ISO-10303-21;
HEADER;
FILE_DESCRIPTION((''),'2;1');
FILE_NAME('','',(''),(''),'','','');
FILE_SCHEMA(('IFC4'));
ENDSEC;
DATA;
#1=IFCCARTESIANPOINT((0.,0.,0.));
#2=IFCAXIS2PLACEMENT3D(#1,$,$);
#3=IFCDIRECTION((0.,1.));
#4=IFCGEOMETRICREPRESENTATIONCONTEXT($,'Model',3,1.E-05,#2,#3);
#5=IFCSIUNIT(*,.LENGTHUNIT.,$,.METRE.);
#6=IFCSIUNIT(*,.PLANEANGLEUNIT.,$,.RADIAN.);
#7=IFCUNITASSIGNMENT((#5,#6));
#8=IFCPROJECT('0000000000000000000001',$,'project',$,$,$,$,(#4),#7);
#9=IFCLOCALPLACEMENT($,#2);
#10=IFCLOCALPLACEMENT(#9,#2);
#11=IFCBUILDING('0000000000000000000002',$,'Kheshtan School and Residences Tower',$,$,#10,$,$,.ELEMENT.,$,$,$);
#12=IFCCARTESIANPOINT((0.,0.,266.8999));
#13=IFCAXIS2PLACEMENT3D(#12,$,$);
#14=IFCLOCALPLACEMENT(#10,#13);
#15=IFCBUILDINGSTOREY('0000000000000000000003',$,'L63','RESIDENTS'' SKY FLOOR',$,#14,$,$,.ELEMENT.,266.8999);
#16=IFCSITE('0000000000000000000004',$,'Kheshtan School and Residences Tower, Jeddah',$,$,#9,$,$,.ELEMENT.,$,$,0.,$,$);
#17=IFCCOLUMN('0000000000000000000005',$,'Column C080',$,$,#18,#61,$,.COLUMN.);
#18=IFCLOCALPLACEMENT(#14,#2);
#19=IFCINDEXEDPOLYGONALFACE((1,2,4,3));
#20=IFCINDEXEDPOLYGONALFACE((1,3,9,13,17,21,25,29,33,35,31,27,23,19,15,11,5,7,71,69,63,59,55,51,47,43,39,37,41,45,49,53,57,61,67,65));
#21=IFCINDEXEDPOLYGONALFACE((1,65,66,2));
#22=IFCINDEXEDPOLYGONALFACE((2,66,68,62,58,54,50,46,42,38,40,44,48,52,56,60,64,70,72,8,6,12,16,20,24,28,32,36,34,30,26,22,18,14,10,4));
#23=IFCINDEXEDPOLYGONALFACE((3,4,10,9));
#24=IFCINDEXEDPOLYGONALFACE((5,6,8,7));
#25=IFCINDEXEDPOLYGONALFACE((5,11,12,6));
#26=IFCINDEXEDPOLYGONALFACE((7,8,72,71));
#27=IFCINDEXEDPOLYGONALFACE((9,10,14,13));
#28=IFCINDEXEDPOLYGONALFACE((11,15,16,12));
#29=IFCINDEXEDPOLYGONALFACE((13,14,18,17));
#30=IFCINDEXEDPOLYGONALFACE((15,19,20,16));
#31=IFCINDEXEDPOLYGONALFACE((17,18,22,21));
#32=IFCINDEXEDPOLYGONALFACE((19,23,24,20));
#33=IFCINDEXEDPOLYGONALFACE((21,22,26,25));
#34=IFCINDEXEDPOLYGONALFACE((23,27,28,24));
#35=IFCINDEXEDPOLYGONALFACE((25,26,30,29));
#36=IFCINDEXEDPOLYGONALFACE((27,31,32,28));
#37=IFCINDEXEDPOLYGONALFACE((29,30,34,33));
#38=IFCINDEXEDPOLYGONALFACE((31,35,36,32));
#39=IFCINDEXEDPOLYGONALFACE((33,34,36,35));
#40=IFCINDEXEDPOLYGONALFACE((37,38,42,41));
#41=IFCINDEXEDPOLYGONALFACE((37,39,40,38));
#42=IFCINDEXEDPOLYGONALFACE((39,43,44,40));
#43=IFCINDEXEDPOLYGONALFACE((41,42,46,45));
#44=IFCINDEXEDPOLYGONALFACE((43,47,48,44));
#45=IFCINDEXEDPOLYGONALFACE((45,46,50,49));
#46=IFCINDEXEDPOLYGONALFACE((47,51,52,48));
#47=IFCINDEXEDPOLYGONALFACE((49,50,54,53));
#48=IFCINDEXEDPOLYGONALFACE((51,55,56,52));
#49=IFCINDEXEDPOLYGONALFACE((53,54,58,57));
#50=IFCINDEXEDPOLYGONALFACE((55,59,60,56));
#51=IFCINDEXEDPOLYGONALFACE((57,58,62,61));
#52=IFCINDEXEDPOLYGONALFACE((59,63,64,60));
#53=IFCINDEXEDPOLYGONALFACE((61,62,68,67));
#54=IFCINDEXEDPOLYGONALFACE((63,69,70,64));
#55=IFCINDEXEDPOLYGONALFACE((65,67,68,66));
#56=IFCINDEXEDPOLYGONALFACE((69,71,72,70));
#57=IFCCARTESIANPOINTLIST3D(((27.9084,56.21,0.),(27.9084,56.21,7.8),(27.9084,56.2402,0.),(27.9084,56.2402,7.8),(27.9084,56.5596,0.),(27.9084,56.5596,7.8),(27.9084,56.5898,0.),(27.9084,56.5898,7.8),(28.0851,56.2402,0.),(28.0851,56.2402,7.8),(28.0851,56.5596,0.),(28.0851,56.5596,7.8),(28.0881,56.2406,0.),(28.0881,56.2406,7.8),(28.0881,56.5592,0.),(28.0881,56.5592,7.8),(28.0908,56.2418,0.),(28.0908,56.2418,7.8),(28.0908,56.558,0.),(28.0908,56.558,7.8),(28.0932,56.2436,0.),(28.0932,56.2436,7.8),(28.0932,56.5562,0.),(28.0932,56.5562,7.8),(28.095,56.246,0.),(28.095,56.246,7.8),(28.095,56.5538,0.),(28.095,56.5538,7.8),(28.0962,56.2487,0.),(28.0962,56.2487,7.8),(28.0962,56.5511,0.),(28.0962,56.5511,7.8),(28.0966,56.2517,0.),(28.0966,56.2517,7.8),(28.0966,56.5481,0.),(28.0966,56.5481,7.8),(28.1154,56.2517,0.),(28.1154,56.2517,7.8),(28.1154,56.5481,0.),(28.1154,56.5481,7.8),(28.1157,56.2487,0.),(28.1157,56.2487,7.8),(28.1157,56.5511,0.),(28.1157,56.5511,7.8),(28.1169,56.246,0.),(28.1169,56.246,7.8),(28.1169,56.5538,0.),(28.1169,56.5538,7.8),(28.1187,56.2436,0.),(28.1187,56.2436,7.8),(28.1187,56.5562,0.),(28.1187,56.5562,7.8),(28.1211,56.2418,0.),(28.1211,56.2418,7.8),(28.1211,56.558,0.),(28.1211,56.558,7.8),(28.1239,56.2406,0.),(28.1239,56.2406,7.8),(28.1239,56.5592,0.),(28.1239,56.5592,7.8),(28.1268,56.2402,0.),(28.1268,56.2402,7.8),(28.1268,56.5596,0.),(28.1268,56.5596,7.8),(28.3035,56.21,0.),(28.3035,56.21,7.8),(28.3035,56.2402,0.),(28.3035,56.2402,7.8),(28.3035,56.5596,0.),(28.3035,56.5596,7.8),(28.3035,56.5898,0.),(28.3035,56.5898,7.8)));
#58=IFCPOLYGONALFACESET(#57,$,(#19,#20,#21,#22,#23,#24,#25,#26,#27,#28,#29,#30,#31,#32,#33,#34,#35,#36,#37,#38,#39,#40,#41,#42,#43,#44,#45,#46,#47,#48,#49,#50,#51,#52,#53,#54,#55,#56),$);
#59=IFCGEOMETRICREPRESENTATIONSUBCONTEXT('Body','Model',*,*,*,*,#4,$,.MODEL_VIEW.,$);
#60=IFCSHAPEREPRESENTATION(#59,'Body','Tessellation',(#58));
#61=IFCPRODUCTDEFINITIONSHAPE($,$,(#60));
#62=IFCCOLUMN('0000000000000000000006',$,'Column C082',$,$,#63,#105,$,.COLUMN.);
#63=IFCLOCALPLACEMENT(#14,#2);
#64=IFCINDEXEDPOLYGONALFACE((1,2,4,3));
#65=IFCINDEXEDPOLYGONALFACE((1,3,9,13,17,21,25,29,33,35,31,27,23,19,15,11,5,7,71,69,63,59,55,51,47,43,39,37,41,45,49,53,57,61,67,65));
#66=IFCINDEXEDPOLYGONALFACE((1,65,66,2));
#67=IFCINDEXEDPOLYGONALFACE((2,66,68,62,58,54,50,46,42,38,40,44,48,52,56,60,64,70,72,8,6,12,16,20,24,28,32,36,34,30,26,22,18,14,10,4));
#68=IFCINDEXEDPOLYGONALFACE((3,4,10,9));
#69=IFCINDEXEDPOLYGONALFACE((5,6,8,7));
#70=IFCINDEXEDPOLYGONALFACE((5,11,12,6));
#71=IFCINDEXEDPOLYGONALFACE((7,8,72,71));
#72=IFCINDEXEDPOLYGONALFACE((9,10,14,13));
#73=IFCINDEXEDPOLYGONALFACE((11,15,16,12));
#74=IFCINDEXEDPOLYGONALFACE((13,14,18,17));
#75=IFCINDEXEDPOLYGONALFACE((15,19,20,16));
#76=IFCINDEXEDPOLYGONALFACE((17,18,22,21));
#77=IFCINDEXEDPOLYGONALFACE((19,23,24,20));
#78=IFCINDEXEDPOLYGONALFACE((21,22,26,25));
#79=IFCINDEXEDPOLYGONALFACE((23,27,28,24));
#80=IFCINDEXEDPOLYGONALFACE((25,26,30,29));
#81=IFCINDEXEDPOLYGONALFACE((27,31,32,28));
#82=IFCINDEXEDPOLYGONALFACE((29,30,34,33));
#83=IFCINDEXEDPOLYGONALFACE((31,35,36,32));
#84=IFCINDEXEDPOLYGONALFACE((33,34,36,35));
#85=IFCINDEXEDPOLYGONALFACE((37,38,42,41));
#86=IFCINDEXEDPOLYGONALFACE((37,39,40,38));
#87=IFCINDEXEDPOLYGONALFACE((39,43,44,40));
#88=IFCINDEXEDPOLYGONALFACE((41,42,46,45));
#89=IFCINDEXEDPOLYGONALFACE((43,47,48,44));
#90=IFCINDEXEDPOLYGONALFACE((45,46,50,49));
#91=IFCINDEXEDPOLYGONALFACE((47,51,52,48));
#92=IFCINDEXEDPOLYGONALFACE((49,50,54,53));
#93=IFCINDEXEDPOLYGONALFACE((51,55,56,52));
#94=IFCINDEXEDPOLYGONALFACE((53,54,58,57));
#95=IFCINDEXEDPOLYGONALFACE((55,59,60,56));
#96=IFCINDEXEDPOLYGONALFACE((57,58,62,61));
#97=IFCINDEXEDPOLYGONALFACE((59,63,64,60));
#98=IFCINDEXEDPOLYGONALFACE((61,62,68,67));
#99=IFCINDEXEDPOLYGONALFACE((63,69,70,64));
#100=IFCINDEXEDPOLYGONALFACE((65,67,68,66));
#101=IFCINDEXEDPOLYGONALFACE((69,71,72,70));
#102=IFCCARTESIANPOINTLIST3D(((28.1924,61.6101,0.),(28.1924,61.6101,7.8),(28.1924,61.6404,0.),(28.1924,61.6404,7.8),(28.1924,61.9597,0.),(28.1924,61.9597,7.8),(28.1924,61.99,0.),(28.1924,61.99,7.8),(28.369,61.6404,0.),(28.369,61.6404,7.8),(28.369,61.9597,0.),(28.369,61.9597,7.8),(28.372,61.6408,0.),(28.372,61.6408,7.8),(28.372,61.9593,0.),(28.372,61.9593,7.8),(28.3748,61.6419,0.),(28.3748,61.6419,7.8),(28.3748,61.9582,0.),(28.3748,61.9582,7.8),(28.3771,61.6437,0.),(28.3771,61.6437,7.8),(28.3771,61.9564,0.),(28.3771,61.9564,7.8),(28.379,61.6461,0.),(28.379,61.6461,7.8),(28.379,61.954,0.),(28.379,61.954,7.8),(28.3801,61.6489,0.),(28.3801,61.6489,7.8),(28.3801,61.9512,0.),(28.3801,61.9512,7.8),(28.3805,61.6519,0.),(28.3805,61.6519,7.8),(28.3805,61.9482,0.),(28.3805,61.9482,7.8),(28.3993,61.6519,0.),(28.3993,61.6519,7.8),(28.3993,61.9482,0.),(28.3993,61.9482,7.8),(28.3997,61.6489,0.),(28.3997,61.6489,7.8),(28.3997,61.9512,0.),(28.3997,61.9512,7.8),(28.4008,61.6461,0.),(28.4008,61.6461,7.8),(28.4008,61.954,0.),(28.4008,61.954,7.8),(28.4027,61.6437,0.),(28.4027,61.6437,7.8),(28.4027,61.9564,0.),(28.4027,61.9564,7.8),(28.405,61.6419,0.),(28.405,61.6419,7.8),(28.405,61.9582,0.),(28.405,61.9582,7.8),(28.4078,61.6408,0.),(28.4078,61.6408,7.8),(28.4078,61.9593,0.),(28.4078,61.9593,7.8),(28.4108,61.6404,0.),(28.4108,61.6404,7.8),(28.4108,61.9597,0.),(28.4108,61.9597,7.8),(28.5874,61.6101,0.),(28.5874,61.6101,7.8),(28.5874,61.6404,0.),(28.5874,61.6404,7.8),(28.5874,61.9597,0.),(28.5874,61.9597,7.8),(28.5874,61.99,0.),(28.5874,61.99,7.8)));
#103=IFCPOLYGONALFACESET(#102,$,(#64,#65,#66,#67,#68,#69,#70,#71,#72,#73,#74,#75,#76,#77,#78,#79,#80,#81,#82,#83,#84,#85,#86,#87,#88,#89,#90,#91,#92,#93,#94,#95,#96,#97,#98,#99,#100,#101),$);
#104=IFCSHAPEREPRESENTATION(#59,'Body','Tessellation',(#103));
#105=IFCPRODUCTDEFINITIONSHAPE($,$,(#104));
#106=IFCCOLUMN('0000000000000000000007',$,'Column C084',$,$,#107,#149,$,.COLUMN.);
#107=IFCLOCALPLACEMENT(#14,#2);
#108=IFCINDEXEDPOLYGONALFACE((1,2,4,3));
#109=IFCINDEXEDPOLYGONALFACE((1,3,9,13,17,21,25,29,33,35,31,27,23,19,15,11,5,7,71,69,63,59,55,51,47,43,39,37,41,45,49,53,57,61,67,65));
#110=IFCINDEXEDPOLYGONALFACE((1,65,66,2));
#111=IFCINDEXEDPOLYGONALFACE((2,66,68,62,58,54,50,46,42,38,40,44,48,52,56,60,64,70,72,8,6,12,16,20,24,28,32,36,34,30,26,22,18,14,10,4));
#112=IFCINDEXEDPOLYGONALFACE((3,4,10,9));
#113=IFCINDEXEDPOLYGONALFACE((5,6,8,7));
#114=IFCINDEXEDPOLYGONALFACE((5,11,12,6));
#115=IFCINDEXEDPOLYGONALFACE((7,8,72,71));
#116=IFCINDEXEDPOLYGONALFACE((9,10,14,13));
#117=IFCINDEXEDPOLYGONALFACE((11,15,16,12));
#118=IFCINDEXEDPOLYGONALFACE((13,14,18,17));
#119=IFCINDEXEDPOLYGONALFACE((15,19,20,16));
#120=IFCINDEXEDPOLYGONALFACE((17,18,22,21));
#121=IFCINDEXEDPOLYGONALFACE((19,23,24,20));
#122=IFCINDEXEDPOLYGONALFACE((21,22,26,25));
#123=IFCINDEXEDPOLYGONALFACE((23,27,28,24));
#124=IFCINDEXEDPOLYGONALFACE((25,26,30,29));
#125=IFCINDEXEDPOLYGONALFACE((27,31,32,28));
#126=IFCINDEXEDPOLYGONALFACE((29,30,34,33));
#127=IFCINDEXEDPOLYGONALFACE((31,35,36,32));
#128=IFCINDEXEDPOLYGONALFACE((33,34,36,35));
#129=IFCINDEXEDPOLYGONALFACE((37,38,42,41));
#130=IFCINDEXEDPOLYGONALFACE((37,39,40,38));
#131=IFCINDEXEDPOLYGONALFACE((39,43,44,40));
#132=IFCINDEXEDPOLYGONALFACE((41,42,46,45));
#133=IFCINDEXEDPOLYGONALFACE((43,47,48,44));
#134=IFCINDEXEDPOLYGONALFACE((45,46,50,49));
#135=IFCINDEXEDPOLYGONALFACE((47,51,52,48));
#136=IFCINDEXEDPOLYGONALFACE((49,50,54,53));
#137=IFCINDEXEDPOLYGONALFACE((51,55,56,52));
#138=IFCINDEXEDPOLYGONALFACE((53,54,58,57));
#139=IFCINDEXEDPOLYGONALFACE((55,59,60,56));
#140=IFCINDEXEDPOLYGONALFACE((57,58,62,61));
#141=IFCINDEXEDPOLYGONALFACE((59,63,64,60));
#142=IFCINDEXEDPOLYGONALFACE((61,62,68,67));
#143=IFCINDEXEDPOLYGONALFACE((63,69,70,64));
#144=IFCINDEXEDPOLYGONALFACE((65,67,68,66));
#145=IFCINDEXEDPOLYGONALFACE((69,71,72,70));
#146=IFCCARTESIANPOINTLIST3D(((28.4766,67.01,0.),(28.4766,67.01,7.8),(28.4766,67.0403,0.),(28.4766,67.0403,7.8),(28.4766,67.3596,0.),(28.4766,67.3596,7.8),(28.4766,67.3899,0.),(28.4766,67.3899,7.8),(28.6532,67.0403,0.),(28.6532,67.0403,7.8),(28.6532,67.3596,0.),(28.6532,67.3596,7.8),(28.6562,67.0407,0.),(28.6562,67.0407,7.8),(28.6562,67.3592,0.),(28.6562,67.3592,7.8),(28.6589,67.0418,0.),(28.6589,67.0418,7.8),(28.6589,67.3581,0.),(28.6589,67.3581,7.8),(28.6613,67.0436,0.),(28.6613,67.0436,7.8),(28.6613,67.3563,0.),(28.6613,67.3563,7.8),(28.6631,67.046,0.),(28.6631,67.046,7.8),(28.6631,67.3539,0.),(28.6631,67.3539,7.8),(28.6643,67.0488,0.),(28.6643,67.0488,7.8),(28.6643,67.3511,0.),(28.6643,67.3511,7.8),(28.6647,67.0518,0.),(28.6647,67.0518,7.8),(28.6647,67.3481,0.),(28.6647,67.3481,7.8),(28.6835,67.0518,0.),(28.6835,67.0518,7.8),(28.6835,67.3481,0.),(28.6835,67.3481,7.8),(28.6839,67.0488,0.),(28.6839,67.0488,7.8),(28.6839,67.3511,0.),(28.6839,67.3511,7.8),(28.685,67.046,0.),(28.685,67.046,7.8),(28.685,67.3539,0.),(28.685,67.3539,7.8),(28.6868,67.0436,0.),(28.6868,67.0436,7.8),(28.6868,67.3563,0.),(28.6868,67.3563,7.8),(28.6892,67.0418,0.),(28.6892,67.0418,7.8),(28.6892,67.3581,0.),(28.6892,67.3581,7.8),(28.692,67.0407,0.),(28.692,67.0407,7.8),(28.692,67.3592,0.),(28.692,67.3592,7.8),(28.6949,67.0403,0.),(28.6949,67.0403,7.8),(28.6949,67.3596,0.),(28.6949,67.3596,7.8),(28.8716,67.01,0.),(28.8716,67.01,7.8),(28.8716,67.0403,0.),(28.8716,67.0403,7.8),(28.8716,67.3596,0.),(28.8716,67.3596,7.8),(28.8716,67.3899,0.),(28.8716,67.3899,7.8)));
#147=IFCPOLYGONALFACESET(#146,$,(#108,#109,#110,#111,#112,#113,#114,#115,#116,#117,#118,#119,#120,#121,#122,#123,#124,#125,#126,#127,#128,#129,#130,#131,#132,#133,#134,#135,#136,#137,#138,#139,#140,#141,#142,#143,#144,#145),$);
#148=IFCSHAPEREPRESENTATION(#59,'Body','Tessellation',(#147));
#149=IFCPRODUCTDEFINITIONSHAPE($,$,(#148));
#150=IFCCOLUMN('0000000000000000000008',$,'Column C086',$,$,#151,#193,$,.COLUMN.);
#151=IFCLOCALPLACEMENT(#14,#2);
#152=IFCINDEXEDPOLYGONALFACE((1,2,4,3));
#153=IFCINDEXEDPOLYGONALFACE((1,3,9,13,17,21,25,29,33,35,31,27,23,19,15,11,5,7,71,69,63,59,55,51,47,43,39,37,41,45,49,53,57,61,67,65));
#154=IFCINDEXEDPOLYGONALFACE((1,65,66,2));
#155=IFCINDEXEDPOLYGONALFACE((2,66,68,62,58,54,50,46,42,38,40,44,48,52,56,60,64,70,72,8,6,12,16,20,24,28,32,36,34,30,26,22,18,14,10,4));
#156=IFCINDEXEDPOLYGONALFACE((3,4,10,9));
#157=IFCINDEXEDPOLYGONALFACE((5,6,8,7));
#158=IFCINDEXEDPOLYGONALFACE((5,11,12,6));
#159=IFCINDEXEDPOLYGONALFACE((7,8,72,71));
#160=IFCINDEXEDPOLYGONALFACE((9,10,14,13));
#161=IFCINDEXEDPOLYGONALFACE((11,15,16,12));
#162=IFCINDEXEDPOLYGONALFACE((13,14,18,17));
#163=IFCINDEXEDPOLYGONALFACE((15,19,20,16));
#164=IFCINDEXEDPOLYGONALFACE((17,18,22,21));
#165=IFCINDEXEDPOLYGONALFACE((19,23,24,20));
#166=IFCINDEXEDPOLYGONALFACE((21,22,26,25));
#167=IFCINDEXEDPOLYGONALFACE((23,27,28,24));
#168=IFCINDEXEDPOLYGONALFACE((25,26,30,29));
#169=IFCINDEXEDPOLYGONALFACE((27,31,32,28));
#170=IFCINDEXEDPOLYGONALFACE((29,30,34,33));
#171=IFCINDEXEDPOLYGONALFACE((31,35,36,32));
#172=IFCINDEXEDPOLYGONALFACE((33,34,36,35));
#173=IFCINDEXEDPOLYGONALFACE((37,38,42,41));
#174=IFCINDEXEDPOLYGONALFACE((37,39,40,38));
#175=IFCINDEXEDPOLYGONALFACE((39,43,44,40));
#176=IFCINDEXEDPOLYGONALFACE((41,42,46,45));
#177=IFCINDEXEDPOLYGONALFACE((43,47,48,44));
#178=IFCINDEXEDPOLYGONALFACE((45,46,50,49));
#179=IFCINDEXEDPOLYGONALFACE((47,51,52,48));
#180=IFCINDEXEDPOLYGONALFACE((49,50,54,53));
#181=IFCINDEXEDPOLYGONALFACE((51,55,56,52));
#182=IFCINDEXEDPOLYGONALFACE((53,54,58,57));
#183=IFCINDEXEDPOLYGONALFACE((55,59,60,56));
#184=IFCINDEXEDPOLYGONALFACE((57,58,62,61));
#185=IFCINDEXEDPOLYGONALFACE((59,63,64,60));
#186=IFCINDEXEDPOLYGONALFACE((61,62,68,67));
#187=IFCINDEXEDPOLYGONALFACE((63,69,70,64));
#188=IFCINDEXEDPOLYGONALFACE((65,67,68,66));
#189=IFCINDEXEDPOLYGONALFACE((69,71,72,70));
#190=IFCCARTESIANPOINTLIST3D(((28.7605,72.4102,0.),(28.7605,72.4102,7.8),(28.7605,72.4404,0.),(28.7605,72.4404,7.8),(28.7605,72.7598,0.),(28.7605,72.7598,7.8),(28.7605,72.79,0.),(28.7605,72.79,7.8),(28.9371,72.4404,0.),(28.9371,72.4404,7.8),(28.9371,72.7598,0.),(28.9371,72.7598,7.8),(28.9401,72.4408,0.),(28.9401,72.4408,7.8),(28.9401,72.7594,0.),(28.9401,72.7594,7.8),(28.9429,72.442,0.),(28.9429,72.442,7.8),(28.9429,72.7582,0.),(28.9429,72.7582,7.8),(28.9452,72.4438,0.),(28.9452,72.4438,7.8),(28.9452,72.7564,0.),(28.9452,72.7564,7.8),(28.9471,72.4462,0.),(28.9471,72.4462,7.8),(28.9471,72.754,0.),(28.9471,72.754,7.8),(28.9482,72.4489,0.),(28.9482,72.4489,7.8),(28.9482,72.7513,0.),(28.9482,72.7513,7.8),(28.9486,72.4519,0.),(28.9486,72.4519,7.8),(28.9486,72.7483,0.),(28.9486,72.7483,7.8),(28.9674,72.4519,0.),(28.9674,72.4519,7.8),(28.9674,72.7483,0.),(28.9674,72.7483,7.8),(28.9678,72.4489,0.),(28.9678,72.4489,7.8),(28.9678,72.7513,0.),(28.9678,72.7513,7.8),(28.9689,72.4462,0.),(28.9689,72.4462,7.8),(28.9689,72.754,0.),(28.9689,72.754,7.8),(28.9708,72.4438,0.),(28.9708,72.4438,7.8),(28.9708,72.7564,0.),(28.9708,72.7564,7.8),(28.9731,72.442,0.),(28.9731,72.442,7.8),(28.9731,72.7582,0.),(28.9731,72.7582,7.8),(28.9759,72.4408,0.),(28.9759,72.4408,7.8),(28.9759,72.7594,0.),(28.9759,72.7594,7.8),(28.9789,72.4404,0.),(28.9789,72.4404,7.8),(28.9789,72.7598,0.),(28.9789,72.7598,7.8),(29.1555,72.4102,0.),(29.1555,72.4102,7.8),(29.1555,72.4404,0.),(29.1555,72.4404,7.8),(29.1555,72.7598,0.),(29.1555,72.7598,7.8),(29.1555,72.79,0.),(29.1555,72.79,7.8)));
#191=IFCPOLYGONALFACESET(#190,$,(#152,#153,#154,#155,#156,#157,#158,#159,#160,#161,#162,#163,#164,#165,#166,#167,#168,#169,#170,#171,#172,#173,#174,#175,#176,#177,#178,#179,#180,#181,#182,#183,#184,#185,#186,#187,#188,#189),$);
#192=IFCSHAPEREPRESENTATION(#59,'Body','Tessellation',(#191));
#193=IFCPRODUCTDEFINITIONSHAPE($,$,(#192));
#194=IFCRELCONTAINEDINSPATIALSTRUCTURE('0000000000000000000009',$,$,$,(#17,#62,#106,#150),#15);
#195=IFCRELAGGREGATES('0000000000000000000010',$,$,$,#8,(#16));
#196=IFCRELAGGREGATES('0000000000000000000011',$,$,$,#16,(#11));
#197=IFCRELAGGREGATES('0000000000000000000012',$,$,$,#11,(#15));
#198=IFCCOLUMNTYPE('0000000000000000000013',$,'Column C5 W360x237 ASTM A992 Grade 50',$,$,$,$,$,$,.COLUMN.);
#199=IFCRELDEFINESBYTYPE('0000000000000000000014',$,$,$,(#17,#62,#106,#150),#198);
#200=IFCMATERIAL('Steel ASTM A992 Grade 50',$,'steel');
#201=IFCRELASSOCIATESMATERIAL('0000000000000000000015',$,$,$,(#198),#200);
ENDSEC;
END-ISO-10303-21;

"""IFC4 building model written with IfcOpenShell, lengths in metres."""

from ifc_helpers import new_model, si_unit, direction, frame, origin, origin_2d, place, context, subcontext, project, spatial, i_section, extrude, material, material_profile, profile_set, type_object, element, save


model = new_model("IFC4")

# Units and contexts
model_context = context("Model", 3, precision=1e-05, world=origin(), true_north=direction((0.0, 1.0)))
body_context = subcontext(model_context, "Body", "Model", "MODEL_VIEW")
ifc_project = project(units=[si_unit("LENGTHUNIT", "METRE"), si_unit("PLANEANGLEUNIT", "RADIAN")], contexts=[model_context])

# Site, building, storey
site_placement = place(None, origin())
site = spatial("IfcSite", under=ifc_project, at=site_placement, Name="Kheshtan School and Residences Tower, Jeddah", CompositionType="ELEMENT", RefElevation=0.0)
building_placement = place(site_placement, origin())
building = spatial("IfcBuilding", under=site, at=building_placement, Name="Kheshtan School and Residences Tower", CompositionType="ELEMENT")
storey_placement = place(building_placement, frame((0.0, 0.0, 266.8999)))
storey = spatial("IfcBuildingStorey", under=building, at=storey_placement, Name="L63", Description="RESIDENTS' SKY FLOOR", CompositionType="ELEMENT", Elevation=266.8999)

# Columns
ifc_material_1 = material(Name="Steel ASTM A992 Grade 50", Category="steel")
ifc_material_profile_1 = material_profile(ifc_material_1, i_section(OverallWidth=0.395, OverallDepth=0.3799, WebThickness=0.0188, FlangeThickness=0.0303, FilletRadius=0.0115, at=origin_2d()), Name="W360x237")
ifc_profile_set_1 = profile_set([ifc_material_profile_1], Name="Steel ASTM A992 Grade 50")
column_type = type_object("IfcColumnType", Name="Column C5 W360x237 ASTM A992 Grade 50", PredefinedType="COLUMN", material=ifc_profile_set_1)
for number, where, z_axis, x_axis, name in (
    (1, (28.106, 56.3999, 0.0), (0.0, 0.0, 1.0), (1.0, 0.0, 0.0), "Column C080"),
    (2, (28.3899, 61.8, 0.0), (0.0, 0.0, 1.0), (1.0, 0.0, 0.0), "Column C082"),
    (3, (28.6741, 67.2, 0.0), (0.0, 0.0, 1.0), (1.0, 0.0, 0.0), "Column C084"),
    (4, (28.958, 72.6001, 0.0), (0.0, 0.0, 1.0), (1.0, 0.0, 0.0), "Column C086"),
):
    element("IfcColumn", number, at=place(storey_placement, frame(where, z_axis=z_axis, x_axis=x_axis)), inside=storey, type_object=column_type, Name=name, PredefinedType="COLUMN", context=body_context, shape_type="SweptSolid", body=[
        extrude(i_section(OverallWidth=0.395, OverallDepth=0.3799, WebThickness=0.0188, FlangeThickness=0.0303, FilletRadius=0.0115, at=origin_2d()), origin(), (0.0, 0.0, 1.0), 7.8),
    ])

save(model, "model.ifc")
